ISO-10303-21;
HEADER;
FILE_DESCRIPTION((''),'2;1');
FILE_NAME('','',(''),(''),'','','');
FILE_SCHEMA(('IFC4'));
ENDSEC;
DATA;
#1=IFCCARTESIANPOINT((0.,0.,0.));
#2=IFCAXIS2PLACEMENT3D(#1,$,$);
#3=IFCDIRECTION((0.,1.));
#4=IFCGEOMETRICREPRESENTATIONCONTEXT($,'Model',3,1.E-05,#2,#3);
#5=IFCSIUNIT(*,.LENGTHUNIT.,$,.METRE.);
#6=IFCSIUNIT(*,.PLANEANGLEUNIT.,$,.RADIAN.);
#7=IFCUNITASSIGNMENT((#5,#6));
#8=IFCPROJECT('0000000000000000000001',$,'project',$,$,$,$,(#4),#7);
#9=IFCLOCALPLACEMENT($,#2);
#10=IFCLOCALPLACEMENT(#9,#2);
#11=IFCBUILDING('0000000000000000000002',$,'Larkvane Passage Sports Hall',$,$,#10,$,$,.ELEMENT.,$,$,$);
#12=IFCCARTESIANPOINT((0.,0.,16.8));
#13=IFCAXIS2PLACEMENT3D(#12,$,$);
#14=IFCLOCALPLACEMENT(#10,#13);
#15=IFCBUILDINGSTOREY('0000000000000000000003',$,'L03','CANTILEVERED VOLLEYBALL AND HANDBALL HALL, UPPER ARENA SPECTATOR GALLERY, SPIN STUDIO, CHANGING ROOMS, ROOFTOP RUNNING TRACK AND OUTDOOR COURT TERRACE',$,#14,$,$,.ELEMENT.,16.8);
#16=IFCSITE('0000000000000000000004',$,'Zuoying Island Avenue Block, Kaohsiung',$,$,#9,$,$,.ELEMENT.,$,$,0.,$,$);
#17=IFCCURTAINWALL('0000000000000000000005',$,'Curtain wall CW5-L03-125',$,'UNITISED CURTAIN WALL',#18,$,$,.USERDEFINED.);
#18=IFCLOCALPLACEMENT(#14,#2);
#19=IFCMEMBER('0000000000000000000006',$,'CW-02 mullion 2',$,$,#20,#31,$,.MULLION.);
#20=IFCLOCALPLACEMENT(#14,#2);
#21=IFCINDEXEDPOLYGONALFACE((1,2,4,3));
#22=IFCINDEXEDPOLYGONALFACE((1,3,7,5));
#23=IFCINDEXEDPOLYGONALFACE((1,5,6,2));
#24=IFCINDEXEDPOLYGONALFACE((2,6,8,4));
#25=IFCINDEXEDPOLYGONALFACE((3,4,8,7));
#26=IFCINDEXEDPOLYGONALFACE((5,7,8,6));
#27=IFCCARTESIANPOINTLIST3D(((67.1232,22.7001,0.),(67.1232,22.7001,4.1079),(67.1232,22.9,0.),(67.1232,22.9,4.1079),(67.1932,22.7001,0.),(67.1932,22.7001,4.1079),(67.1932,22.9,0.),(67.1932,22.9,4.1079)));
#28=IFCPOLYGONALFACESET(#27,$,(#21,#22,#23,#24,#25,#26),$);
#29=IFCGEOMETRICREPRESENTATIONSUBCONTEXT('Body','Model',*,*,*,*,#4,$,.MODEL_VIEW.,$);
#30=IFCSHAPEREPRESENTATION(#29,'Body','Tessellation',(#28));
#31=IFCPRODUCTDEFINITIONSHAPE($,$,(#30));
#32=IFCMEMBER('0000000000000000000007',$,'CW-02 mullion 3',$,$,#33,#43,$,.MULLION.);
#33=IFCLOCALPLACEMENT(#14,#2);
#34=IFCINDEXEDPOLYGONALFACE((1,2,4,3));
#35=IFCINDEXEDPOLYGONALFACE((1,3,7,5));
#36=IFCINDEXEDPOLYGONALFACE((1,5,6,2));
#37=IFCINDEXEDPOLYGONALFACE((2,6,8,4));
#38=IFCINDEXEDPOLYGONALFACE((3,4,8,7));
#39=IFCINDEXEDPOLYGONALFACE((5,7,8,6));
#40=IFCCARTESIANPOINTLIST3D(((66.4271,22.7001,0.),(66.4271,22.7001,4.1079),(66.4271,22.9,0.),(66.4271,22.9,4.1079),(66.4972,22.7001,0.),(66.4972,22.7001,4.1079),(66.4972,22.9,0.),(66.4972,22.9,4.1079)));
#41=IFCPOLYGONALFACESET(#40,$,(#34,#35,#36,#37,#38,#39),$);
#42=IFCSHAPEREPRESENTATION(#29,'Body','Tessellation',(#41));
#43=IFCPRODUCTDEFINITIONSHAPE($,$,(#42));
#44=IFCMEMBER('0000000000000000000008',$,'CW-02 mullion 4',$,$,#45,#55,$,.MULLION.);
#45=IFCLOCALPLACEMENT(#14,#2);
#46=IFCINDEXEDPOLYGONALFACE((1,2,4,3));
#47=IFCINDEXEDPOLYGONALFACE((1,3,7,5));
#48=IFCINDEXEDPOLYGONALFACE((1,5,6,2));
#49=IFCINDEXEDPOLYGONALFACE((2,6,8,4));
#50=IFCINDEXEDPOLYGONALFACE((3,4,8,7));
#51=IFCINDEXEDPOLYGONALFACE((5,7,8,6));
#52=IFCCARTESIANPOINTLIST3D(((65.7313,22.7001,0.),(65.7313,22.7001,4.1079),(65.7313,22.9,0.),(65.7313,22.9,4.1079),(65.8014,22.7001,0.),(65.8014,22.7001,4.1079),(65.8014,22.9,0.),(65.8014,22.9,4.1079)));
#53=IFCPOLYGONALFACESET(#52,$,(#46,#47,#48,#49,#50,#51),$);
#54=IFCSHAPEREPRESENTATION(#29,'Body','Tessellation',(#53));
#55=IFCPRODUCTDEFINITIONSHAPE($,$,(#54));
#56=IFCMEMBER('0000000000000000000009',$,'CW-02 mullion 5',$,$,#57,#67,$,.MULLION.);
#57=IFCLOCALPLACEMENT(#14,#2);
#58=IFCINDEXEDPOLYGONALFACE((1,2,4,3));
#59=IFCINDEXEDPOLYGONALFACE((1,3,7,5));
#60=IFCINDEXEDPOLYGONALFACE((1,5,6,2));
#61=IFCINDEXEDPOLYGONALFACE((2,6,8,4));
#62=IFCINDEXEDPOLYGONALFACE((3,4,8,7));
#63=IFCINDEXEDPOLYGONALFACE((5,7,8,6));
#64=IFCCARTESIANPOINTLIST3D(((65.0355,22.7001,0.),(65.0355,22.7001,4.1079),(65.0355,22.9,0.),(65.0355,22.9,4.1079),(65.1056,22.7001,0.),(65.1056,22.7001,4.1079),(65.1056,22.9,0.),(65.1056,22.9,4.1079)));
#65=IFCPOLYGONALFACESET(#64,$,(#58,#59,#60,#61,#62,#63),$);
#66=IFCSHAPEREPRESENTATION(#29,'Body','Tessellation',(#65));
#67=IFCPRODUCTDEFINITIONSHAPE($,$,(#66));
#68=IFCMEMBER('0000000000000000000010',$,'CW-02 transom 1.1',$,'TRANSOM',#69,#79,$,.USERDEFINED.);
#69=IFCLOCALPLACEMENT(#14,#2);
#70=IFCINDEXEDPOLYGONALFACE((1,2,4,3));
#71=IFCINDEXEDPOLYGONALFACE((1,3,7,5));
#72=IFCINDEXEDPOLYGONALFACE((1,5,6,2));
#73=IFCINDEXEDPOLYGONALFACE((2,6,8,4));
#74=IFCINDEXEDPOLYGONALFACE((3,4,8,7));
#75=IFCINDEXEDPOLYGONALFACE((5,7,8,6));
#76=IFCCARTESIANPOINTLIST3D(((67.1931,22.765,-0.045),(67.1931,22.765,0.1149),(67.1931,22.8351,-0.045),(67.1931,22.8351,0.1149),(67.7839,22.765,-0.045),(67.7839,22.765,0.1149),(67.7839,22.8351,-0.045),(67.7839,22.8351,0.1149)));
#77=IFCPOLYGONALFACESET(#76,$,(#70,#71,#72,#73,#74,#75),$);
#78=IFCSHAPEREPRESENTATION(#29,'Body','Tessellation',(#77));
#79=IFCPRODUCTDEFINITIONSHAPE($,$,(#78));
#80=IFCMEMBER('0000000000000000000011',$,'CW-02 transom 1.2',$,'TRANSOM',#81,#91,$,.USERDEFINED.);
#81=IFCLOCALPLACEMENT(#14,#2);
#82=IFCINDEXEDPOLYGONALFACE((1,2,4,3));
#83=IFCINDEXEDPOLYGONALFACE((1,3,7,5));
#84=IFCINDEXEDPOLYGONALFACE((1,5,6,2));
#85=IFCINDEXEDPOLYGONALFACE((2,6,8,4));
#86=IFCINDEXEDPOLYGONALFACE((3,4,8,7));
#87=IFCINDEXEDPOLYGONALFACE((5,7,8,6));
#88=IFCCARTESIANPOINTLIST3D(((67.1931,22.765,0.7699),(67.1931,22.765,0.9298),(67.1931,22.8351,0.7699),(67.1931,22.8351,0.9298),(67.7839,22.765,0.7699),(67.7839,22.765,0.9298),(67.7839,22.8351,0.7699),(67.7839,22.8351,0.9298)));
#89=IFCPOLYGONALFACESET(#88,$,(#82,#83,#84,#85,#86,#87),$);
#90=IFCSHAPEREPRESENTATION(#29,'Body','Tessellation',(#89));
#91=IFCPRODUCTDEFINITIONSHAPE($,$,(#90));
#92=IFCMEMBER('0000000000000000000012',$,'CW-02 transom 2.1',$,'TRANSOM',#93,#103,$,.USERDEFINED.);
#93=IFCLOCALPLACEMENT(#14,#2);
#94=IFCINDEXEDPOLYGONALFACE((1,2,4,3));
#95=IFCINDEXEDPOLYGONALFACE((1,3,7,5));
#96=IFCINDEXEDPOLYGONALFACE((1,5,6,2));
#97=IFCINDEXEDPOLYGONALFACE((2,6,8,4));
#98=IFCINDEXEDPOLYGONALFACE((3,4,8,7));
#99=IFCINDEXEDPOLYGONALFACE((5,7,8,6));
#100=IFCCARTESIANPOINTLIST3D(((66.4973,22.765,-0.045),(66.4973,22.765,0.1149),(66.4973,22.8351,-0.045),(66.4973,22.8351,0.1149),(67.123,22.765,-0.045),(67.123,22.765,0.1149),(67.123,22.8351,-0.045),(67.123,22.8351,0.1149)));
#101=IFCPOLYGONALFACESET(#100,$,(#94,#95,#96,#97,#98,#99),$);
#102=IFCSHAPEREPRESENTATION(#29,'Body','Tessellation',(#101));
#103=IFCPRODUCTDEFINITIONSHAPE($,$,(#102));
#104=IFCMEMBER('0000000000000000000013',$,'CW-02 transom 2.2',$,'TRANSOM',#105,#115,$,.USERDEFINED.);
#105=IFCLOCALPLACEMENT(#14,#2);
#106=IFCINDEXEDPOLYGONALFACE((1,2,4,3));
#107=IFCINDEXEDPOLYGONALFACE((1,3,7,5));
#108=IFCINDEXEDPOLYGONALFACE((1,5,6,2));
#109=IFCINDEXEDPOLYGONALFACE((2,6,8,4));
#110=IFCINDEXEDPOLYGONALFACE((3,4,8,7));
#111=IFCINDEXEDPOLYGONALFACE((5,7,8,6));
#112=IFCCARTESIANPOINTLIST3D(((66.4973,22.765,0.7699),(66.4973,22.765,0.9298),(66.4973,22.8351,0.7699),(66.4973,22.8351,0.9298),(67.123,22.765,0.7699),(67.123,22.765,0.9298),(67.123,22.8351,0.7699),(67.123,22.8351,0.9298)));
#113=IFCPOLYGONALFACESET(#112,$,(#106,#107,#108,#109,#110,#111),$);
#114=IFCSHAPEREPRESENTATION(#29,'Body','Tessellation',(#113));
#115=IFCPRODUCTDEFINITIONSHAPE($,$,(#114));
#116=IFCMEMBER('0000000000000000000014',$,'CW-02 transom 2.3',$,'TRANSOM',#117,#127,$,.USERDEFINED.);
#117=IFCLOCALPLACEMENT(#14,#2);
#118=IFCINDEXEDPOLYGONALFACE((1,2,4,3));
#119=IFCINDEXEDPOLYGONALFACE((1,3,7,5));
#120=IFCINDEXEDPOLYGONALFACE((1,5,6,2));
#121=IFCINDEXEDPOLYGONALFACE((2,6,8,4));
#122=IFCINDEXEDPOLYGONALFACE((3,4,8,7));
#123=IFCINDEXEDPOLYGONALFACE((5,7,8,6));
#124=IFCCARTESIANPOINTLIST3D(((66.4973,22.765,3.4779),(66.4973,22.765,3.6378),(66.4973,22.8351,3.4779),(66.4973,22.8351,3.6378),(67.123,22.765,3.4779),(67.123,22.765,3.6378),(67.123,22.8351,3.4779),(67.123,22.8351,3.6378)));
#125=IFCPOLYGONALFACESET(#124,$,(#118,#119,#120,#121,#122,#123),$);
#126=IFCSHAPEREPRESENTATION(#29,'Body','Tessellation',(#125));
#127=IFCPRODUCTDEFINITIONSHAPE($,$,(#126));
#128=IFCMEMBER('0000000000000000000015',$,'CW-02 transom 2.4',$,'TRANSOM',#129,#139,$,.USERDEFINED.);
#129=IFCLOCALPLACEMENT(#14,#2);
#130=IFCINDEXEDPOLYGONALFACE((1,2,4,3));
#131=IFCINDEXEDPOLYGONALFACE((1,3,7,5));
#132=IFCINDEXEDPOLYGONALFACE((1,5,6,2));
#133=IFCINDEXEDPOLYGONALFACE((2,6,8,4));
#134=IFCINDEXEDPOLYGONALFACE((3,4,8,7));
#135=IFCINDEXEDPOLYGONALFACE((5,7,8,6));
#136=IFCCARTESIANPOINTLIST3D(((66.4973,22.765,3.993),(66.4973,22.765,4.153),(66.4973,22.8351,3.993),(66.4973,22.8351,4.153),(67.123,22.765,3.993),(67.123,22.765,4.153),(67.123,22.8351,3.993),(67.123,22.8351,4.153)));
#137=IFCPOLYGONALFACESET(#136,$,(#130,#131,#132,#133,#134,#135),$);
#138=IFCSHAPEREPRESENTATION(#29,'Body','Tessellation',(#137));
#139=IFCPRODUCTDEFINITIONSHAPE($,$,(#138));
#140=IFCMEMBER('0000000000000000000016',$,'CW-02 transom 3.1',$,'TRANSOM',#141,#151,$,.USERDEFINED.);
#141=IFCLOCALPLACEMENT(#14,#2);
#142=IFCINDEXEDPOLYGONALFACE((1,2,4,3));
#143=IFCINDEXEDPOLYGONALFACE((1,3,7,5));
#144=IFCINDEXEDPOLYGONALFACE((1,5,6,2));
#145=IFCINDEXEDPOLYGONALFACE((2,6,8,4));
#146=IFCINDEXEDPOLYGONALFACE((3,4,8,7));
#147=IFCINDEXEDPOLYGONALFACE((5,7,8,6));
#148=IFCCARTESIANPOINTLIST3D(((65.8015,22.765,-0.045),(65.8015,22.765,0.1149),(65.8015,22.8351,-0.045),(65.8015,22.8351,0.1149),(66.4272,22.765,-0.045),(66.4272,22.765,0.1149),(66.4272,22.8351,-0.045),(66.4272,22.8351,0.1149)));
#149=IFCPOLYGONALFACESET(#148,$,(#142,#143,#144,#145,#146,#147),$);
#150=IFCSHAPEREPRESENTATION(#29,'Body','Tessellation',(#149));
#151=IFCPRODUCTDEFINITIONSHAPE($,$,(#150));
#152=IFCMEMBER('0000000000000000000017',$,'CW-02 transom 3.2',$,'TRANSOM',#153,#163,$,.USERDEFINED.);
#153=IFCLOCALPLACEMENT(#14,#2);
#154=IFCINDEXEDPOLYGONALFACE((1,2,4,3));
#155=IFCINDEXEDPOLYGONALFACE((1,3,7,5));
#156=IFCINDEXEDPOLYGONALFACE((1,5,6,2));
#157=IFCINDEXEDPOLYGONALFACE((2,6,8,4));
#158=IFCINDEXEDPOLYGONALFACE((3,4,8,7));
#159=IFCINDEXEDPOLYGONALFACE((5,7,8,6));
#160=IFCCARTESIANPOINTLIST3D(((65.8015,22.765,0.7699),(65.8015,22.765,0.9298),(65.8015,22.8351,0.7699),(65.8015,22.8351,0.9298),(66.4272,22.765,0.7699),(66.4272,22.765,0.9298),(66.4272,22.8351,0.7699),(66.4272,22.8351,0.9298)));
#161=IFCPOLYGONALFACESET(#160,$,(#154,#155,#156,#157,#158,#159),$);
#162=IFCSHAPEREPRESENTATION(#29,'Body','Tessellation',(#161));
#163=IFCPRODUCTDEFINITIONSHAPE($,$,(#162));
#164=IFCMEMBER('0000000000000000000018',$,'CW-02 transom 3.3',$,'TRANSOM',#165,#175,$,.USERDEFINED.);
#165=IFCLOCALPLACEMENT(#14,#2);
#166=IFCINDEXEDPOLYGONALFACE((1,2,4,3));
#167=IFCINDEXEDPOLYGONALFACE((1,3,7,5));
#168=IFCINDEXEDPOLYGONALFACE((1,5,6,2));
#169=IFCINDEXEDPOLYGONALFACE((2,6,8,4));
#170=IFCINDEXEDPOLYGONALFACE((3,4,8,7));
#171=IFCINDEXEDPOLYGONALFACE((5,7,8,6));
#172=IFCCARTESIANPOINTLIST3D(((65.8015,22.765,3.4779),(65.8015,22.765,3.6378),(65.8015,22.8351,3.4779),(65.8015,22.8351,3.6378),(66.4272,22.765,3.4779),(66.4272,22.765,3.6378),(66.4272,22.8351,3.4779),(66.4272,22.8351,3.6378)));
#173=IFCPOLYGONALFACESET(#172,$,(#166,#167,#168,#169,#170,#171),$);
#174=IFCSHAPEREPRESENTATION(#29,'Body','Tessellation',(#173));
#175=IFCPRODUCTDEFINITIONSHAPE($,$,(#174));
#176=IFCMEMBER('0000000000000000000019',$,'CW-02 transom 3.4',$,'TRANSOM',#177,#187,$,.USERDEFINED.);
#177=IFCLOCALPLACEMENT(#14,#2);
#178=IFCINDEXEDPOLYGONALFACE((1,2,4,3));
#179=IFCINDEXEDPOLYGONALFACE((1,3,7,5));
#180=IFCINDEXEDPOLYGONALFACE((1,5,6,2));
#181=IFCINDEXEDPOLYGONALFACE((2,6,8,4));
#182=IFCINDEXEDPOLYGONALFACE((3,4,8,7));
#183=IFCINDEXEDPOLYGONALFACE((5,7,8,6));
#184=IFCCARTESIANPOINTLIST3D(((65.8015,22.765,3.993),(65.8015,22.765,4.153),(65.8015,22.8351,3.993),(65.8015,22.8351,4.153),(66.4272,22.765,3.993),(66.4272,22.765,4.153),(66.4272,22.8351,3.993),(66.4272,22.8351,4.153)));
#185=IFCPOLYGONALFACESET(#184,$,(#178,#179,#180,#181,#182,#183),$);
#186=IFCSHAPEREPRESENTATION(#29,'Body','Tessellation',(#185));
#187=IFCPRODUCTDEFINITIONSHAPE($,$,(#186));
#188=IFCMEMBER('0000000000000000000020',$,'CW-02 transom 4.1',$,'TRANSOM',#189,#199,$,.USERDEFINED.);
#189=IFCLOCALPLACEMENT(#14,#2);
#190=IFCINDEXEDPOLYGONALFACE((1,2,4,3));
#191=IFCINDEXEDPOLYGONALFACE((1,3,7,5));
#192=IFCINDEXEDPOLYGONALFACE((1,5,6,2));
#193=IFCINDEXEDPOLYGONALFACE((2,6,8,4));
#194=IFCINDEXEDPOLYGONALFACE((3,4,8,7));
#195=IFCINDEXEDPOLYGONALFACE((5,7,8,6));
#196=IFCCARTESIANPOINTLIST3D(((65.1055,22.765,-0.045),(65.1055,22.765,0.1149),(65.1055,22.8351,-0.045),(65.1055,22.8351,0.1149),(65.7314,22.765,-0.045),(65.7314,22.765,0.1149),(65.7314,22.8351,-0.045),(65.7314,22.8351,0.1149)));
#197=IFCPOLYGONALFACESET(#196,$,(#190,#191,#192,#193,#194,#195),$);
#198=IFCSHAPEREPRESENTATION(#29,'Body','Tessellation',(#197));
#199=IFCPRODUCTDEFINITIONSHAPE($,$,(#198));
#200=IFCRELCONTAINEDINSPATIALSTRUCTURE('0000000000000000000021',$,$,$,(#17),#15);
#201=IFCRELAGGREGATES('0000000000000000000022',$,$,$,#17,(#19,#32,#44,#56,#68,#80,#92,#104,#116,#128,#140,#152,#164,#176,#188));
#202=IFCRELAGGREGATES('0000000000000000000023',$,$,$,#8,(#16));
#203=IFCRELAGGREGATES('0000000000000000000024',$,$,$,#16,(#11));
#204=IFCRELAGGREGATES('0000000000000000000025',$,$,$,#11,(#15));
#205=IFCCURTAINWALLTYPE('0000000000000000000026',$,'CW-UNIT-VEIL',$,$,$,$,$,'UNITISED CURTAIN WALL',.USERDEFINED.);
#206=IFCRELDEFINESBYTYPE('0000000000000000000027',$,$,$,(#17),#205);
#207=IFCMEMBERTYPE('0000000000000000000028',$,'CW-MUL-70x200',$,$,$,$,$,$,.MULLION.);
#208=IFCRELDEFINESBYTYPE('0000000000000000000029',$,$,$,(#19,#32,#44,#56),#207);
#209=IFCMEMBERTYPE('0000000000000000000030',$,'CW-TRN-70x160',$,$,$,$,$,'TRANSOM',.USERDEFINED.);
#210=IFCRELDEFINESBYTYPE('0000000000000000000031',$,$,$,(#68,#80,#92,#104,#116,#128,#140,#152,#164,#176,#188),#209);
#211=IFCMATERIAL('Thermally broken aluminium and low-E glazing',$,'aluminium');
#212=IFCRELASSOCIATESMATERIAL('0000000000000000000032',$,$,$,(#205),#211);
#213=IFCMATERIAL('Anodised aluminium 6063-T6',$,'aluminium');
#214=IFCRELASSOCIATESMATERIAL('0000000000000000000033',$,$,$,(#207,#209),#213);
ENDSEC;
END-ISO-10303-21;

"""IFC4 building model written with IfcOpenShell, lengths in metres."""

from ifc_helpers import new_model, si_unit, direction, frame, origin, origin_2d, place, context, subcontext, project, spatial, rectangle, extrude, material, material_profile, profile_set, type_object, element, aggregate, save


model = new_model("IFC4")

# Units and contexts
model_context = context("Model", 3, precision=1e-05, world=origin(), true_north=direction((0.0, 1.0)))
body_context = subcontext(model_context, "Body", "Model", "MODEL_VIEW")
ifc_project = project(units=[si_unit("LENGTHUNIT", "METRE"), si_unit("PLANEANGLEUNIT", "RADIAN")], contexts=[model_context])

# Site, building, storey
site_placement = place(None, origin())
site = spatial("IfcSite", under=ifc_project, at=site_placement, Name="Zuoying Island Avenue Block, Kaohsiung", CompositionType="ELEMENT", RefElevation=0.0)
building_placement = place(site_placement, origin())
building = spatial("IfcBuilding", under=site, at=building_placement, Name="Larkvane Passage Sports Hall", CompositionType="ELEMENT")
storey_placement = place(building_placement, frame((0.0, 0.0, 16.8)))
storey = spatial("IfcBuildingStorey", under=building, at=storey_placement, Name="L03", Description="CANTILEVERED VOLLEYBALL AND HANDBALL HALL, UPPER ARENA SPECTATOR GALLERY, SPIN STUDIO, CHANGING ROOMS, ROOFTOP RUNNING TRACK AND OUTDOOR COURT TERRACE", CompositionType="ELEMENT", Elevation=16.8)

# Curtain wall, members
ifc_material_1 = material(Name="Thermally broken aluminium and low-E glazing", Category="aluminium")
curtain_wall_type = type_object("IfcCurtainWallType", Name="CW-UNIT-VEIL", ElementType="UNITISED CURTAIN WALL", PredefinedType="USERDEFINED", material=ifc_material_1)
curtain_wall_placement = place(storey_placement, origin())
curtain_wall = element("IfcCurtainWall", 1, at=curtain_wall_placement, inside=storey, type_object=curtain_wall_type, Name="Curtain wall CW5-L03-125", ObjectType="UNITISED CURTAIN WALL", PredefinedType="USERDEFINED")
ifc_material_2 = material(Name="Anodised aluminium 6063-T6", Category="aluminium")
ifc_material_profile_1 = material_profile(ifc_material_2, rectangle(XDim=0.0701, YDim=0.2, at=origin_2d()), Name="ALU-MUL-70x200")
ifc_profile_set_1 = profile_set([ifc_material_profile_1], Name="Anodised aluminium 6063-T6")
member_type_1 = type_object("IfcMemberType", Name="CW-MUL-70x200", PredefinedType="MULLION", material=ifc_profile_set_1)
member_1_placement = place(storey_placement, frame((67.1582, 22.8, 0.0), z_axis=(0.0, 0.0, 1.0), x_axis=(-1.0, 0.0, 0.0)))
member_1 = element("IfcMember", 2, at=member_1_placement, type_object=member_type_1, Name="CW-02 mullion 2", PredefinedType="MULLION", context=body_context, shape_type="SweptSolid", body=[
    extrude(rectangle(XDim=0.0701, YDim=0.2, at=origin_2d()), origin(), (0.0, 0.0, 1.0), 4.1079),
])
member_2_placement = place(storey_placement, frame((66.4622, 22.8, 0.0), z_axis=(0.0, 0.0, 1.0), x_axis=(-1.0, 0.0, 0.0)))
member_2 = element("IfcMember", 3, at=member_2_placement, type_object=member_type_1, Name="CW-02 mullion 3", PredefinedType="MULLION", context=body_context, shape_type="SweptSolid", body=[
    extrude(rectangle(XDim=0.0701, YDim=0.2, at=origin_2d()), origin(), (0.0, 0.0, 1.0), 4.1079),
])
member_3_placement = place(storey_placement, frame((65.7664, 22.8, 0.0), z_axis=(0.0, 0.0, 1.0), x_axis=(-1.0, 0.0, 0.0)))
member_3 = element("IfcMember", 4, at=member_3_placement, type_object=member_type_1, Name="CW-02 mullion 4", PredefinedType="MULLION", context=body_context, shape_type="SweptSolid", body=[
    extrude(rectangle(XDim=0.0701, YDim=0.2, at=origin_2d()), origin(), (0.0, 0.0, 1.0), 4.1079),
])
member_4_placement = place(storey_placement, frame((65.0706, 22.8, 0.0), z_axis=(0.0, 0.0, 1.0), x_axis=(-1.0, 0.0, 0.0)))
member_4 = element("IfcMember", 5, at=member_4_placement, type_object=member_type_1, Name="CW-02 mullion 5", PredefinedType="MULLION", context=body_context, shape_type="SweptSolid", body=[
    extrude(rectangle(XDim=0.0701, YDim=0.2, at=origin_2d()), origin(), (0.0, 0.0, 1.0), 4.1079),
])
ifc_material_profile_2 = material_profile(ifc_material_2, rectangle(XDim=0.0701, YDim=0.1599, at=origin_2d()), Name="ALU-TRN-70x160")
ifc_profile_set_2 = profile_set([ifc_material_profile_2], Name="Anodised aluminium 6063-T6")
member_type_2 = type_object("IfcMemberType", Name="CW-TRN-70x160", ElementType="TRANSOM", PredefinedType="USERDEFINED", material=ifc_profile_set_2)
member_5_placement = place(storey_placement, frame((67.7839, 22.8, 0.0349), z_axis=(-1.0, 0.0, 0.0), x_axis=(0.0, -1.0, 0.0)))
member_5 = element("IfcMember", 6, at=member_5_placement, type_object=member_type_2, Name="CW-02 transom 1.1", ObjectType="TRANSOM", PredefinedType="USERDEFINED", context=body_context, shape_type="SweptSolid", body=[
    extrude(rectangle(XDim=0.0701, YDim=0.1599, at=origin_2d()), origin(), (0.0, 0.0, 1.0), 0.5908),
])
member_6_placement = place(storey_placement, frame((67.7839, 22.8, 0.8499), z_axis=(-1.0, 0.0, 0.0), x_axis=(0.0, -1.0, 0.0)))
member_6 = element("IfcMember", 7, at=member_6_placement, type_object=member_type_2, Name="CW-02 transom 1.2", ObjectType="TRANSOM", PredefinedType="USERDEFINED", context=body_context, shape_type="SweptSolid", body=[
    extrude(rectangle(XDim=0.0701, YDim=0.1599, at=origin_2d()), origin(), (0.0, 0.0, 1.0), 0.5908),
])
member_7_placement = place(storey_placement, frame((67.123, 22.8, 0.0349), z_axis=(-1.0, 0.0, 0.0), x_axis=(0.0, -1.0, 0.0)))
member_7 = element("IfcMember", 8, at=member_7_placement, type_object=member_type_2, Name="CW-02 transom 2.1", ObjectType="TRANSOM", PredefinedType="USERDEFINED", context=body_context, shape_type="SweptSolid", body=[
    extrude(rectangle(XDim=0.0701, YDim=0.1599, at=origin_2d()), origin(), (0.0, 0.0, 1.0), 0.6257),
])
member_8_placement = place(storey_placement, frame((67.123, 22.8, 0.8499), z_axis=(-1.0, 0.0, 0.0), x_axis=(0.0, -1.0, 0.0)))
member_8 = element("IfcMember", 9, at=member_8_placement, type_object=member_type_2, Name="CW-02 transom 2.2", ObjectType="TRANSOM", PredefinedType="USERDEFINED", context=body_context, shape_type="SweptSolid", body=[
    extrude(rectangle(XDim=0.0701, YDim=0.1599, at=origin_2d()), origin(), (0.0, 0.0, 1.0), 0.6257),
])
member_9_placement = place(storey_placement, frame((67.123, 22.8, 3.5579), z_axis=(-1.0, 0.0, 0.0), x_axis=(0.0, -1.0, 0.0)))
member_9 = element("IfcMember", 10, at=member_9_placement, type_object=member_type_2, Name="CW-02 transom 2.3", ObjectType="TRANSOM", PredefinedType="USERDEFINED", context=body_context, shape_type="SweptSolid", body=[
    extrude(rectangle(XDim=0.0701, YDim=0.1599, at=origin_2d()), origin(), (0.0, 0.0, 1.0), 0.6257),
])
member_10_placement = place(storey_placement, frame((67.123, 22.8, 4.073), z_axis=(-1.0, 0.0, 0.0), x_axis=(0.0, -1.0, 0.0)))
member_10 = element("IfcMember", 11, at=member_10_placement, type_object=member_type_2, Name="CW-02 transom 2.4", ObjectType="TRANSOM", PredefinedType="USERDEFINED", context=body_context, shape_type="SweptSolid", body=[
    extrude(rectangle(XDim=0.0701, YDim=0.1599, at=origin_2d()), origin(), (0.0, 0.0, 1.0), 0.6257),
])
member_11_placement = place(storey_placement, frame((66.4272, 22.8, 0.0349), z_axis=(-1.0, 0.0, 0.0), x_axis=(0.0, -1.0, 0.0)))
member_11 = element("IfcMember", 12, at=member_11_placement, type_object=member_type_2, Name="CW-02 transom 3.1", ObjectType="TRANSOM", PredefinedType="USERDEFINED", context=body_context, shape_type="SweptSolid", body=[
    extrude(rectangle(XDim=0.0701, YDim=0.1599, at=origin_2d()), origin(), (0.0, 0.0, 1.0), 0.6257),
])
member_12_placement = place(storey_placement, frame((66.4272, 22.8, 0.8499), z_axis=(-1.0, 0.0, 0.0), x_axis=(0.0, -1.0, 0.0)))
member_12 = element("IfcMember", 13, at=member_12_placement, type_object=member_type_2, Name="CW-02 transom 3.2", ObjectType="TRANSOM", PredefinedType="USERDEFINED", context=body_context, shape_type="SweptSolid", body=[
    extrude(rectangle(XDim=0.0701, YDim=0.1599, at=origin_2d()), origin(), (0.0, 0.0, 1.0), 0.6257),
])
member_13_placement = place(storey_placement, frame((66.4272, 22.8, 3.5579), z_axis=(-1.0, 0.0, 0.0), x_axis=(0.0, -1.0, 0.0)))
member_13 = element("IfcMember", 14, at=member_13_placement, type_object=member_type_2, Name="CW-02 transom 3.3", ObjectType="TRANSOM", PredefinedType="USERDEFINED", context=body_context, shape_type="SweptSolid", body=[
    extrude(rectangle(XDim=0.0701, YDim=0.1599, at=origin_2d()), origin(), (0.0, 0.0, 1.0), 0.6257),
])
member_14_placement = place(storey_placement, frame((66.4272, 22.8, 4.073), z_axis=(-1.0, 0.0, 0.0), x_axis=(0.0, -1.0, 0.0)))
member_14 = element("IfcMember", 15, at=member_14_placement, type_object=member_type_2, Name="CW-02 transom 3.4", ObjectType="TRANSOM", PredefinedType="USERDEFINED", context=body_context, shape_type="SweptSolid", body=[
    extrude(rectangle(XDim=0.0701, YDim=0.1599, at=origin_2d()), origin(), (0.0, 0.0, 1.0), 0.6257),
])
member_15_placement = place(storey_placement, frame((65.7314, 22.8, 0.0349), z_axis=(-1.0, 0.0, 0.0), x_axis=(0.0, -1.0, 0.0)))
member_15 = element("IfcMember", 16, at=member_15_placement, type_object=member_type_2, Name="CW-02 transom 4.1", ObjectType="TRANSOM", PredefinedType="USERDEFINED", context=body_context, shape_type="SweptSolid", body=[
    extrude(rectangle(XDim=0.0701, YDim=0.1599, at=origin_2d()), origin(), (0.0, 0.0, 1.0), 0.626),
])
aggregate(curtain_wall, [member_1, member_2, member_3, member_4, member_5, member_6, member_7, member_8, member_9, member_10, member_11, member_12, member_13, member_14, member_15])

save(model, "model.ifc")
